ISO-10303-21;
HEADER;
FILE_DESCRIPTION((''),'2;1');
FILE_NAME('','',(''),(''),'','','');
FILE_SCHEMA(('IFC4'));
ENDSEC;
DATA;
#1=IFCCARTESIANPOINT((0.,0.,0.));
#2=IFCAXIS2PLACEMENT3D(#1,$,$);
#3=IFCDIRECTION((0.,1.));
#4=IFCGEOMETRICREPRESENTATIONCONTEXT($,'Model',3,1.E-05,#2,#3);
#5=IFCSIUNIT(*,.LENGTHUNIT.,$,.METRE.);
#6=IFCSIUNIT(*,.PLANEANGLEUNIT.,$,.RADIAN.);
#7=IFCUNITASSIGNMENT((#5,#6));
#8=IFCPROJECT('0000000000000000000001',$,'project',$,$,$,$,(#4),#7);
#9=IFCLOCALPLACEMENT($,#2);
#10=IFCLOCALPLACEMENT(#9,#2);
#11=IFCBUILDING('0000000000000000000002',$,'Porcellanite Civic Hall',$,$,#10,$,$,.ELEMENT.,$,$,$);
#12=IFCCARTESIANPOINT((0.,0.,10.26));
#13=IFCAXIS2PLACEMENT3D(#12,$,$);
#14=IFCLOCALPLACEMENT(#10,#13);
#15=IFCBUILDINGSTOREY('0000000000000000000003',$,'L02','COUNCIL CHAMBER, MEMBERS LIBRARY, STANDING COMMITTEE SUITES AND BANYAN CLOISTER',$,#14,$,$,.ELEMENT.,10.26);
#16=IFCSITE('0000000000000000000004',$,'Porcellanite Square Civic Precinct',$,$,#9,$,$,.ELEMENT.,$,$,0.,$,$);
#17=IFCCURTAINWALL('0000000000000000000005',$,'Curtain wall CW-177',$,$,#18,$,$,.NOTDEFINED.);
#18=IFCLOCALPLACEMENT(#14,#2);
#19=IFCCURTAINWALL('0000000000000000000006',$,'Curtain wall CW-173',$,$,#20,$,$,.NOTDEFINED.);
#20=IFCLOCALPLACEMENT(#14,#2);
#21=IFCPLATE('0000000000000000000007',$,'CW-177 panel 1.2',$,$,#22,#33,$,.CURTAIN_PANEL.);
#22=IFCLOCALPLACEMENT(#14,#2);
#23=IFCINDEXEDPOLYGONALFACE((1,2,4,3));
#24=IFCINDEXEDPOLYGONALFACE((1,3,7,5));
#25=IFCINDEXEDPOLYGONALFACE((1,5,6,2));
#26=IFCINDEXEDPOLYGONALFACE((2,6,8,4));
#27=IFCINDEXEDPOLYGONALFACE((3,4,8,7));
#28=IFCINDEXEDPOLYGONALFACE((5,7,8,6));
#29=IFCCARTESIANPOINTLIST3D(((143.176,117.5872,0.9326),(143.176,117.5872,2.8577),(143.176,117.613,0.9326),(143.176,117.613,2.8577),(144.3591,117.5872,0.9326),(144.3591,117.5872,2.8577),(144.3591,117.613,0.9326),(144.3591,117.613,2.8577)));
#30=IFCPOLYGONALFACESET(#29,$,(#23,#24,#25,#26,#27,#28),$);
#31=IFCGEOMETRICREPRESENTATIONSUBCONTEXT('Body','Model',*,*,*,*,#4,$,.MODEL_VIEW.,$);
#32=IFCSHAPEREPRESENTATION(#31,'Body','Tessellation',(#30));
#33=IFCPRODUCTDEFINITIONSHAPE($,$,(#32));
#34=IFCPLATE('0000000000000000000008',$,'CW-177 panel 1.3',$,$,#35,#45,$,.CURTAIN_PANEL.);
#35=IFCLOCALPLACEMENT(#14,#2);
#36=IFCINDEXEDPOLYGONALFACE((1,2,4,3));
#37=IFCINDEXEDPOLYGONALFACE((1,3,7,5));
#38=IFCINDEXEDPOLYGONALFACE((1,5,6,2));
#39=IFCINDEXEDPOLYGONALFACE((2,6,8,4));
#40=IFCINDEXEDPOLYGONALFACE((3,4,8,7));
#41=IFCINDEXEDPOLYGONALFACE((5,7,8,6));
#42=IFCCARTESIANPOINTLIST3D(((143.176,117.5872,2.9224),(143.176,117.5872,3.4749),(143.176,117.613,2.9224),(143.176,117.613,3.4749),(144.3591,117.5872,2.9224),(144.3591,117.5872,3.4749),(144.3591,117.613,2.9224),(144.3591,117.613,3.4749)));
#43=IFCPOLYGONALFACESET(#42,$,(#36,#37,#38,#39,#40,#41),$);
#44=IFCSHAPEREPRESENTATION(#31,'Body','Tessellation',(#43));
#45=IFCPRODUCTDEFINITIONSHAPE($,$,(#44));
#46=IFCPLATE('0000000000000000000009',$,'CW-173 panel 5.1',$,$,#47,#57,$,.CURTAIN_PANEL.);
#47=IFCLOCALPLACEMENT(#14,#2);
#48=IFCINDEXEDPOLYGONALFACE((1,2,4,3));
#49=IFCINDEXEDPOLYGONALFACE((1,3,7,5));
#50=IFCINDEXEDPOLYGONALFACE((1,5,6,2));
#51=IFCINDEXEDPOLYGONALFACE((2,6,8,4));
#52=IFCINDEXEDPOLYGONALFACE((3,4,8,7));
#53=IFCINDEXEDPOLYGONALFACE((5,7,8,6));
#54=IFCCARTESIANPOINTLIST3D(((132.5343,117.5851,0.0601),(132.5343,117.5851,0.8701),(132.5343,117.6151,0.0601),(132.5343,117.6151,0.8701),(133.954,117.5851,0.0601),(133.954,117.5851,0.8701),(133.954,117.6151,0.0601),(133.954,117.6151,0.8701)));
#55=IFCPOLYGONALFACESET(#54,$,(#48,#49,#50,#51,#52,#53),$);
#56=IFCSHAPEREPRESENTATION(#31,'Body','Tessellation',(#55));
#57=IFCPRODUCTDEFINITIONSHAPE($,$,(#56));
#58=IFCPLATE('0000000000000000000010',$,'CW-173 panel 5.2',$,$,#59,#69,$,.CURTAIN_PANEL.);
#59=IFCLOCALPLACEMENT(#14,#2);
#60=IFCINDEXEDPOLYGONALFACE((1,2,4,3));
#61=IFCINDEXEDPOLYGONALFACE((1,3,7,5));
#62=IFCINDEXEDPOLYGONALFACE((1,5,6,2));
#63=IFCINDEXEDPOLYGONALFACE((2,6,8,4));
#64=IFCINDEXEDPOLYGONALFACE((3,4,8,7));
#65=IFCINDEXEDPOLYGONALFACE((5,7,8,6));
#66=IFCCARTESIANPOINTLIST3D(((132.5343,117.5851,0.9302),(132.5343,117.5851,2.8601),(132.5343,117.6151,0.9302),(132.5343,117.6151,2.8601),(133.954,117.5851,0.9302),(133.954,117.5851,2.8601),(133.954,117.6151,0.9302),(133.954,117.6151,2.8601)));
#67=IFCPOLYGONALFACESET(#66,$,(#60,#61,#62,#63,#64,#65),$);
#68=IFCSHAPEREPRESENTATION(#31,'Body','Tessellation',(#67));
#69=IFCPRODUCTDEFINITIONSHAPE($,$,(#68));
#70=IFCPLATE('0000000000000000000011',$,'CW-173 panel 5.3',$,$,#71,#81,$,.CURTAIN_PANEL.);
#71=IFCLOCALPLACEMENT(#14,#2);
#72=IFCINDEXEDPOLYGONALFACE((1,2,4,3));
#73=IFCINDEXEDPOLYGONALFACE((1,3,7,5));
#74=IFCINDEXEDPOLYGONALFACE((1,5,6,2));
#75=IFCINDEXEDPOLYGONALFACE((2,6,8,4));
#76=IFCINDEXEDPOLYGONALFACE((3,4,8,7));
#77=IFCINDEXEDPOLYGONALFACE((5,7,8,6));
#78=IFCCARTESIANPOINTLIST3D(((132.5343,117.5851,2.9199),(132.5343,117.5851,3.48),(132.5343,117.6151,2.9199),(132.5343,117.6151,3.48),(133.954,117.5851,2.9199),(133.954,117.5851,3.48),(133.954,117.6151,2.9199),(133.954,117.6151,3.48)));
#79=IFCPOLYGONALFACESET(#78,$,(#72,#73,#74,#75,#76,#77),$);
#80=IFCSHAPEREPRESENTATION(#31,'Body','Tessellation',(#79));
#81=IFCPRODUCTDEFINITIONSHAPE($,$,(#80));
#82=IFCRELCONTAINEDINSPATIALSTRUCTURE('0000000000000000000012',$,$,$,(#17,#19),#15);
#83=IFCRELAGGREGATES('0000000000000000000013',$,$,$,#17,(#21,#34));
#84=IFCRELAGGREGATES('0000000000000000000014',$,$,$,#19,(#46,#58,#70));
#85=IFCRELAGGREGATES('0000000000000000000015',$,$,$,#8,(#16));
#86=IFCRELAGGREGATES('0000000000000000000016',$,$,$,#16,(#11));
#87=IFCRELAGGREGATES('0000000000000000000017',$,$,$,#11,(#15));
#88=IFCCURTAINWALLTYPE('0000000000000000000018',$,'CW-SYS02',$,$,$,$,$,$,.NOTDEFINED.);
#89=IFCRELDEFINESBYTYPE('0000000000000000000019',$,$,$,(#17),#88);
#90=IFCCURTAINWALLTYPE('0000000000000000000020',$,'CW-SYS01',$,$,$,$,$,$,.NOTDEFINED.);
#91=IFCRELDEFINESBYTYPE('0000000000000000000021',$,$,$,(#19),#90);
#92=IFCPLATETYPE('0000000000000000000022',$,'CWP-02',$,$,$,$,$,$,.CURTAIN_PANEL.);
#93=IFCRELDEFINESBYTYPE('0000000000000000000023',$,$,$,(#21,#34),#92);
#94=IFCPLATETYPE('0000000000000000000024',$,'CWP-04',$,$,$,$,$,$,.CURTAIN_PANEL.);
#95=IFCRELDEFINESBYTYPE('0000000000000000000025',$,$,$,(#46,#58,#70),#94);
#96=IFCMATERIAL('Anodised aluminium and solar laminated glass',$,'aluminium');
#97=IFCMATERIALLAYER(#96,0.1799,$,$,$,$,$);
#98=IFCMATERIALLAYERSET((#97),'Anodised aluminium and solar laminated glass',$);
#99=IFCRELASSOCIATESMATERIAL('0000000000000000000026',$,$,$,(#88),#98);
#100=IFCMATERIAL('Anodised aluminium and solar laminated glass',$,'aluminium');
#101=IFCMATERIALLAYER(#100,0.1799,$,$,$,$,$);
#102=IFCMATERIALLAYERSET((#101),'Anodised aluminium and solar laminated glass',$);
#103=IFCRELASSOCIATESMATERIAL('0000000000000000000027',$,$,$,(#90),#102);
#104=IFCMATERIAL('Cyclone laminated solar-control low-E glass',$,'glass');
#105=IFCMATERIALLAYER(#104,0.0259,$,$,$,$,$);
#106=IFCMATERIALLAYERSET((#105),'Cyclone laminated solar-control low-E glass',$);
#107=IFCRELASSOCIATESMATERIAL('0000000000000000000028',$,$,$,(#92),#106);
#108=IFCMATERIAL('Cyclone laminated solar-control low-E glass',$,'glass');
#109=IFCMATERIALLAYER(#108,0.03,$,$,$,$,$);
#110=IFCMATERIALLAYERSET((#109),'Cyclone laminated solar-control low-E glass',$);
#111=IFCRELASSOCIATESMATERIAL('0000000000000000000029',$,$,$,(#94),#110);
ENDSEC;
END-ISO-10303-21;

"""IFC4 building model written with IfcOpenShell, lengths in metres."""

from ifc_helpers import new_model, si_unit, direction, frame, origin, origin_2d, place, context, subcontext, project, spatial, rectangle, extrude, material, layer, layer_set, type_object, element, aggregate, save


model = new_model("IFC4")

# Units and contexts
model_context = context("Model", 3, precision=1e-05, world=origin(), true_north=direction((0.0, 1.0)))
body_context = subcontext(model_context, "Body", "Model", "MODEL_VIEW")
ifc_project = project(units=[si_unit("LENGTHUNIT", "METRE"), si_unit("PLANEANGLEUNIT", "RADIAN")], contexts=[model_context])

# Site, building, storey
site_placement = place(None, origin())
site = spatial("IfcSite", under=ifc_project, at=site_placement, Name="Porcellanite Square Civic Precinct", CompositionType="ELEMENT", RefElevation=0.0)
building_placement = place(site_placement, origin())
building = spatial("IfcBuilding", under=site, at=building_placement, Name="Porcellanite Civic Hall", CompositionType="ELEMENT")
storey_placement = place(building_placement, frame((0.0, 0.0, 10.26)))
storey = spatial("IfcBuildingStorey", under=building, at=storey_placement, Name="L02", Description="COUNCIL CHAMBER, MEMBERS LIBRARY, STANDING COMMITTEE SUITES AND BANYAN CLOISTER", CompositionType="ELEMENT", Elevation=10.26)

# Curtain walls
ifc_material_1 = material(Name="Anodised aluminium and solar laminated glass", Category="aluminium")
ifc_layer_1 = layer(ifc_material_1, 0.1799)
ifc_layer_set_1 = layer_set([ifc_layer_1], Name="Anodised aluminium and solar laminated glass")
curtain_wall_type_1 = type_object("IfcCurtainWallType", Name="CW-SYS02", PredefinedType="NOTDEFINED", material=ifc_layer_set_1)
curtain_wall_1_placement = place(storey_placement, origin())
curtain_wall_1 = element("IfcCurtainWall", 1, at=curtain_wall_1_placement, inside=storey, type_object=curtain_wall_type_1, Name="Curtain wall CW-177", PredefinedType="NOTDEFINED")
ifc_material_2 = material(Name="Anodised aluminium and solar laminated glass", Category="aluminium")
ifc_layer_2 = layer(ifc_material_2, 0.1799)
ifc_layer_set_2 = layer_set([ifc_layer_2], Name="Anodised aluminium and solar laminated glass")
curtain_wall_type_2 = type_object("IfcCurtainWallType", Name="CW-SYS01", PredefinedType="NOTDEFINED", material=ifc_layer_set_2)
curtain_wall_2_placement = place(storey_placement, origin())
curtain_wall_2 = element("IfcCurtainWall", 2, at=curtain_wall_2_placement, inside=storey, type_object=curtain_wall_type_2, Name="Curtain wall CW-173", PredefinedType="NOTDEFINED")

# Plates
ifc_material_3 = material(Name="Cyclone laminated solar-control low-E glass", Category="glass")
ifc_layer_3 = layer(ifc_material_3, 0.0259)
ifc_layer_set_3 = layer_set([ifc_layer_3], Name="Cyclone laminated solar-control low-E glass")
plate_type_1 = type_object("IfcPlateType", Name="CWP-02", PredefinedType="CURTAIN_PANEL", material=ifc_layer_set_3)
plate_1_placement = place(storey_placement, frame((143.7676, 117.6001, 0.9326), z_axis=(0.0, 0.0, 1.0), x_axis=(1.0, 0.0, 0.0)))
plate_1 = element("IfcPlate", 3, at=plate_1_placement, type_object=plate_type_1, Name="CW-177 panel 1.2", PredefinedType="CURTAIN_PANEL", context=body_context, shape_type="SweptSolid", body=[
    extrude(rectangle(XDim=1.1831, YDim=0.0259, at=origin_2d()), origin(), (0.0, 0.0, 1.0), 1.925),
])
plate_2_placement = place(storey_placement, frame((143.7676, 117.6001, 2.9224), z_axis=(0.0, 0.0, 1.0), x_axis=(1.0, 0.0, 0.0)))
plate_2 = element("IfcPlate", 4, at=plate_2_placement, type_object=plate_type_1, Name="CW-177 panel 1.3", PredefinedType="CURTAIN_PANEL", context=body_context, shape_type="SweptSolid", body=[
    extrude(rectangle(XDim=1.1831, YDim=0.0259, at=origin_2d()), origin(), (0.0, 0.0, 1.0), 0.5525),
])
aggregate(curtain_wall_1, [plate_1, plate_2])
ifc_material_4 = material(Name="Cyclone laminated solar-control low-E glass", Category="glass")
ifc_layer_4 = layer(ifc_material_4, 0.03)
ifc_layer_set_4 = layer_set([ifc_layer_4], Name="Cyclone laminated solar-control low-E glass")
plate_type_2 = type_object("IfcPlateType", Name="CWP-04", PredefinedType="CURTAIN_PANEL", material=ifc_layer_set_4)
plate_3_placement = place(storey_placement, frame((133.2441, 117.6001, 0.0601), z_axis=(0.0, 0.0, 1.0), x_axis=(1.0, 0.0, 0.0)))
plate_3 = element("IfcPlate", 5, at=plate_3_placement, type_object=plate_type_2, Name="CW-173 panel 5.1", PredefinedType="CURTAIN_PANEL", context=body_context, shape_type="SweptSolid", body=[
    extrude(rectangle(XDim=1.4197, YDim=0.03, at=origin_2d()), origin(), (0.0, 0.0, 1.0), 0.8101),
])
plate_4_placement = place(storey_placement, frame((133.2441, 117.6001, 0.9302), z_axis=(0.0, 0.0, 1.0), x_axis=(1.0, 0.0, 0.0)))
plate_4 = element("IfcPlate", 6, at=plate_4_placement, type_object=plate_type_2, Name="CW-173 panel 5.2", PredefinedType="CURTAIN_PANEL", context=body_context, shape_type="SweptSolid", body=[
    extrude(rectangle(XDim=1.4197, YDim=0.03, at=origin_2d()), origin(), (0.0, 0.0, 1.0), 1.9299),
])
plate_5_placement = place(storey_placement, frame((133.2441, 117.6001, 2.9199), z_axis=(0.0, 0.0, 1.0), x_axis=(1.0, 0.0, 0.0)))
plate_5 = element("IfcPlate", 7, at=plate_5_placement, type_object=plate_type_2, Name="CW-173 panel 5.3", PredefinedType="CURTAIN_PANEL", context=body_context, shape_type="SweptSolid", body=[
    extrude(rectangle(XDim=1.4197, YDim=0.03, at=origin_2d()), origin(), (0.0, 0.0, 1.0), 0.5601),
])
aggregate(curtain_wall_2, [plate_3, plate_4, plate_5])

save(model, "model.ifc")
